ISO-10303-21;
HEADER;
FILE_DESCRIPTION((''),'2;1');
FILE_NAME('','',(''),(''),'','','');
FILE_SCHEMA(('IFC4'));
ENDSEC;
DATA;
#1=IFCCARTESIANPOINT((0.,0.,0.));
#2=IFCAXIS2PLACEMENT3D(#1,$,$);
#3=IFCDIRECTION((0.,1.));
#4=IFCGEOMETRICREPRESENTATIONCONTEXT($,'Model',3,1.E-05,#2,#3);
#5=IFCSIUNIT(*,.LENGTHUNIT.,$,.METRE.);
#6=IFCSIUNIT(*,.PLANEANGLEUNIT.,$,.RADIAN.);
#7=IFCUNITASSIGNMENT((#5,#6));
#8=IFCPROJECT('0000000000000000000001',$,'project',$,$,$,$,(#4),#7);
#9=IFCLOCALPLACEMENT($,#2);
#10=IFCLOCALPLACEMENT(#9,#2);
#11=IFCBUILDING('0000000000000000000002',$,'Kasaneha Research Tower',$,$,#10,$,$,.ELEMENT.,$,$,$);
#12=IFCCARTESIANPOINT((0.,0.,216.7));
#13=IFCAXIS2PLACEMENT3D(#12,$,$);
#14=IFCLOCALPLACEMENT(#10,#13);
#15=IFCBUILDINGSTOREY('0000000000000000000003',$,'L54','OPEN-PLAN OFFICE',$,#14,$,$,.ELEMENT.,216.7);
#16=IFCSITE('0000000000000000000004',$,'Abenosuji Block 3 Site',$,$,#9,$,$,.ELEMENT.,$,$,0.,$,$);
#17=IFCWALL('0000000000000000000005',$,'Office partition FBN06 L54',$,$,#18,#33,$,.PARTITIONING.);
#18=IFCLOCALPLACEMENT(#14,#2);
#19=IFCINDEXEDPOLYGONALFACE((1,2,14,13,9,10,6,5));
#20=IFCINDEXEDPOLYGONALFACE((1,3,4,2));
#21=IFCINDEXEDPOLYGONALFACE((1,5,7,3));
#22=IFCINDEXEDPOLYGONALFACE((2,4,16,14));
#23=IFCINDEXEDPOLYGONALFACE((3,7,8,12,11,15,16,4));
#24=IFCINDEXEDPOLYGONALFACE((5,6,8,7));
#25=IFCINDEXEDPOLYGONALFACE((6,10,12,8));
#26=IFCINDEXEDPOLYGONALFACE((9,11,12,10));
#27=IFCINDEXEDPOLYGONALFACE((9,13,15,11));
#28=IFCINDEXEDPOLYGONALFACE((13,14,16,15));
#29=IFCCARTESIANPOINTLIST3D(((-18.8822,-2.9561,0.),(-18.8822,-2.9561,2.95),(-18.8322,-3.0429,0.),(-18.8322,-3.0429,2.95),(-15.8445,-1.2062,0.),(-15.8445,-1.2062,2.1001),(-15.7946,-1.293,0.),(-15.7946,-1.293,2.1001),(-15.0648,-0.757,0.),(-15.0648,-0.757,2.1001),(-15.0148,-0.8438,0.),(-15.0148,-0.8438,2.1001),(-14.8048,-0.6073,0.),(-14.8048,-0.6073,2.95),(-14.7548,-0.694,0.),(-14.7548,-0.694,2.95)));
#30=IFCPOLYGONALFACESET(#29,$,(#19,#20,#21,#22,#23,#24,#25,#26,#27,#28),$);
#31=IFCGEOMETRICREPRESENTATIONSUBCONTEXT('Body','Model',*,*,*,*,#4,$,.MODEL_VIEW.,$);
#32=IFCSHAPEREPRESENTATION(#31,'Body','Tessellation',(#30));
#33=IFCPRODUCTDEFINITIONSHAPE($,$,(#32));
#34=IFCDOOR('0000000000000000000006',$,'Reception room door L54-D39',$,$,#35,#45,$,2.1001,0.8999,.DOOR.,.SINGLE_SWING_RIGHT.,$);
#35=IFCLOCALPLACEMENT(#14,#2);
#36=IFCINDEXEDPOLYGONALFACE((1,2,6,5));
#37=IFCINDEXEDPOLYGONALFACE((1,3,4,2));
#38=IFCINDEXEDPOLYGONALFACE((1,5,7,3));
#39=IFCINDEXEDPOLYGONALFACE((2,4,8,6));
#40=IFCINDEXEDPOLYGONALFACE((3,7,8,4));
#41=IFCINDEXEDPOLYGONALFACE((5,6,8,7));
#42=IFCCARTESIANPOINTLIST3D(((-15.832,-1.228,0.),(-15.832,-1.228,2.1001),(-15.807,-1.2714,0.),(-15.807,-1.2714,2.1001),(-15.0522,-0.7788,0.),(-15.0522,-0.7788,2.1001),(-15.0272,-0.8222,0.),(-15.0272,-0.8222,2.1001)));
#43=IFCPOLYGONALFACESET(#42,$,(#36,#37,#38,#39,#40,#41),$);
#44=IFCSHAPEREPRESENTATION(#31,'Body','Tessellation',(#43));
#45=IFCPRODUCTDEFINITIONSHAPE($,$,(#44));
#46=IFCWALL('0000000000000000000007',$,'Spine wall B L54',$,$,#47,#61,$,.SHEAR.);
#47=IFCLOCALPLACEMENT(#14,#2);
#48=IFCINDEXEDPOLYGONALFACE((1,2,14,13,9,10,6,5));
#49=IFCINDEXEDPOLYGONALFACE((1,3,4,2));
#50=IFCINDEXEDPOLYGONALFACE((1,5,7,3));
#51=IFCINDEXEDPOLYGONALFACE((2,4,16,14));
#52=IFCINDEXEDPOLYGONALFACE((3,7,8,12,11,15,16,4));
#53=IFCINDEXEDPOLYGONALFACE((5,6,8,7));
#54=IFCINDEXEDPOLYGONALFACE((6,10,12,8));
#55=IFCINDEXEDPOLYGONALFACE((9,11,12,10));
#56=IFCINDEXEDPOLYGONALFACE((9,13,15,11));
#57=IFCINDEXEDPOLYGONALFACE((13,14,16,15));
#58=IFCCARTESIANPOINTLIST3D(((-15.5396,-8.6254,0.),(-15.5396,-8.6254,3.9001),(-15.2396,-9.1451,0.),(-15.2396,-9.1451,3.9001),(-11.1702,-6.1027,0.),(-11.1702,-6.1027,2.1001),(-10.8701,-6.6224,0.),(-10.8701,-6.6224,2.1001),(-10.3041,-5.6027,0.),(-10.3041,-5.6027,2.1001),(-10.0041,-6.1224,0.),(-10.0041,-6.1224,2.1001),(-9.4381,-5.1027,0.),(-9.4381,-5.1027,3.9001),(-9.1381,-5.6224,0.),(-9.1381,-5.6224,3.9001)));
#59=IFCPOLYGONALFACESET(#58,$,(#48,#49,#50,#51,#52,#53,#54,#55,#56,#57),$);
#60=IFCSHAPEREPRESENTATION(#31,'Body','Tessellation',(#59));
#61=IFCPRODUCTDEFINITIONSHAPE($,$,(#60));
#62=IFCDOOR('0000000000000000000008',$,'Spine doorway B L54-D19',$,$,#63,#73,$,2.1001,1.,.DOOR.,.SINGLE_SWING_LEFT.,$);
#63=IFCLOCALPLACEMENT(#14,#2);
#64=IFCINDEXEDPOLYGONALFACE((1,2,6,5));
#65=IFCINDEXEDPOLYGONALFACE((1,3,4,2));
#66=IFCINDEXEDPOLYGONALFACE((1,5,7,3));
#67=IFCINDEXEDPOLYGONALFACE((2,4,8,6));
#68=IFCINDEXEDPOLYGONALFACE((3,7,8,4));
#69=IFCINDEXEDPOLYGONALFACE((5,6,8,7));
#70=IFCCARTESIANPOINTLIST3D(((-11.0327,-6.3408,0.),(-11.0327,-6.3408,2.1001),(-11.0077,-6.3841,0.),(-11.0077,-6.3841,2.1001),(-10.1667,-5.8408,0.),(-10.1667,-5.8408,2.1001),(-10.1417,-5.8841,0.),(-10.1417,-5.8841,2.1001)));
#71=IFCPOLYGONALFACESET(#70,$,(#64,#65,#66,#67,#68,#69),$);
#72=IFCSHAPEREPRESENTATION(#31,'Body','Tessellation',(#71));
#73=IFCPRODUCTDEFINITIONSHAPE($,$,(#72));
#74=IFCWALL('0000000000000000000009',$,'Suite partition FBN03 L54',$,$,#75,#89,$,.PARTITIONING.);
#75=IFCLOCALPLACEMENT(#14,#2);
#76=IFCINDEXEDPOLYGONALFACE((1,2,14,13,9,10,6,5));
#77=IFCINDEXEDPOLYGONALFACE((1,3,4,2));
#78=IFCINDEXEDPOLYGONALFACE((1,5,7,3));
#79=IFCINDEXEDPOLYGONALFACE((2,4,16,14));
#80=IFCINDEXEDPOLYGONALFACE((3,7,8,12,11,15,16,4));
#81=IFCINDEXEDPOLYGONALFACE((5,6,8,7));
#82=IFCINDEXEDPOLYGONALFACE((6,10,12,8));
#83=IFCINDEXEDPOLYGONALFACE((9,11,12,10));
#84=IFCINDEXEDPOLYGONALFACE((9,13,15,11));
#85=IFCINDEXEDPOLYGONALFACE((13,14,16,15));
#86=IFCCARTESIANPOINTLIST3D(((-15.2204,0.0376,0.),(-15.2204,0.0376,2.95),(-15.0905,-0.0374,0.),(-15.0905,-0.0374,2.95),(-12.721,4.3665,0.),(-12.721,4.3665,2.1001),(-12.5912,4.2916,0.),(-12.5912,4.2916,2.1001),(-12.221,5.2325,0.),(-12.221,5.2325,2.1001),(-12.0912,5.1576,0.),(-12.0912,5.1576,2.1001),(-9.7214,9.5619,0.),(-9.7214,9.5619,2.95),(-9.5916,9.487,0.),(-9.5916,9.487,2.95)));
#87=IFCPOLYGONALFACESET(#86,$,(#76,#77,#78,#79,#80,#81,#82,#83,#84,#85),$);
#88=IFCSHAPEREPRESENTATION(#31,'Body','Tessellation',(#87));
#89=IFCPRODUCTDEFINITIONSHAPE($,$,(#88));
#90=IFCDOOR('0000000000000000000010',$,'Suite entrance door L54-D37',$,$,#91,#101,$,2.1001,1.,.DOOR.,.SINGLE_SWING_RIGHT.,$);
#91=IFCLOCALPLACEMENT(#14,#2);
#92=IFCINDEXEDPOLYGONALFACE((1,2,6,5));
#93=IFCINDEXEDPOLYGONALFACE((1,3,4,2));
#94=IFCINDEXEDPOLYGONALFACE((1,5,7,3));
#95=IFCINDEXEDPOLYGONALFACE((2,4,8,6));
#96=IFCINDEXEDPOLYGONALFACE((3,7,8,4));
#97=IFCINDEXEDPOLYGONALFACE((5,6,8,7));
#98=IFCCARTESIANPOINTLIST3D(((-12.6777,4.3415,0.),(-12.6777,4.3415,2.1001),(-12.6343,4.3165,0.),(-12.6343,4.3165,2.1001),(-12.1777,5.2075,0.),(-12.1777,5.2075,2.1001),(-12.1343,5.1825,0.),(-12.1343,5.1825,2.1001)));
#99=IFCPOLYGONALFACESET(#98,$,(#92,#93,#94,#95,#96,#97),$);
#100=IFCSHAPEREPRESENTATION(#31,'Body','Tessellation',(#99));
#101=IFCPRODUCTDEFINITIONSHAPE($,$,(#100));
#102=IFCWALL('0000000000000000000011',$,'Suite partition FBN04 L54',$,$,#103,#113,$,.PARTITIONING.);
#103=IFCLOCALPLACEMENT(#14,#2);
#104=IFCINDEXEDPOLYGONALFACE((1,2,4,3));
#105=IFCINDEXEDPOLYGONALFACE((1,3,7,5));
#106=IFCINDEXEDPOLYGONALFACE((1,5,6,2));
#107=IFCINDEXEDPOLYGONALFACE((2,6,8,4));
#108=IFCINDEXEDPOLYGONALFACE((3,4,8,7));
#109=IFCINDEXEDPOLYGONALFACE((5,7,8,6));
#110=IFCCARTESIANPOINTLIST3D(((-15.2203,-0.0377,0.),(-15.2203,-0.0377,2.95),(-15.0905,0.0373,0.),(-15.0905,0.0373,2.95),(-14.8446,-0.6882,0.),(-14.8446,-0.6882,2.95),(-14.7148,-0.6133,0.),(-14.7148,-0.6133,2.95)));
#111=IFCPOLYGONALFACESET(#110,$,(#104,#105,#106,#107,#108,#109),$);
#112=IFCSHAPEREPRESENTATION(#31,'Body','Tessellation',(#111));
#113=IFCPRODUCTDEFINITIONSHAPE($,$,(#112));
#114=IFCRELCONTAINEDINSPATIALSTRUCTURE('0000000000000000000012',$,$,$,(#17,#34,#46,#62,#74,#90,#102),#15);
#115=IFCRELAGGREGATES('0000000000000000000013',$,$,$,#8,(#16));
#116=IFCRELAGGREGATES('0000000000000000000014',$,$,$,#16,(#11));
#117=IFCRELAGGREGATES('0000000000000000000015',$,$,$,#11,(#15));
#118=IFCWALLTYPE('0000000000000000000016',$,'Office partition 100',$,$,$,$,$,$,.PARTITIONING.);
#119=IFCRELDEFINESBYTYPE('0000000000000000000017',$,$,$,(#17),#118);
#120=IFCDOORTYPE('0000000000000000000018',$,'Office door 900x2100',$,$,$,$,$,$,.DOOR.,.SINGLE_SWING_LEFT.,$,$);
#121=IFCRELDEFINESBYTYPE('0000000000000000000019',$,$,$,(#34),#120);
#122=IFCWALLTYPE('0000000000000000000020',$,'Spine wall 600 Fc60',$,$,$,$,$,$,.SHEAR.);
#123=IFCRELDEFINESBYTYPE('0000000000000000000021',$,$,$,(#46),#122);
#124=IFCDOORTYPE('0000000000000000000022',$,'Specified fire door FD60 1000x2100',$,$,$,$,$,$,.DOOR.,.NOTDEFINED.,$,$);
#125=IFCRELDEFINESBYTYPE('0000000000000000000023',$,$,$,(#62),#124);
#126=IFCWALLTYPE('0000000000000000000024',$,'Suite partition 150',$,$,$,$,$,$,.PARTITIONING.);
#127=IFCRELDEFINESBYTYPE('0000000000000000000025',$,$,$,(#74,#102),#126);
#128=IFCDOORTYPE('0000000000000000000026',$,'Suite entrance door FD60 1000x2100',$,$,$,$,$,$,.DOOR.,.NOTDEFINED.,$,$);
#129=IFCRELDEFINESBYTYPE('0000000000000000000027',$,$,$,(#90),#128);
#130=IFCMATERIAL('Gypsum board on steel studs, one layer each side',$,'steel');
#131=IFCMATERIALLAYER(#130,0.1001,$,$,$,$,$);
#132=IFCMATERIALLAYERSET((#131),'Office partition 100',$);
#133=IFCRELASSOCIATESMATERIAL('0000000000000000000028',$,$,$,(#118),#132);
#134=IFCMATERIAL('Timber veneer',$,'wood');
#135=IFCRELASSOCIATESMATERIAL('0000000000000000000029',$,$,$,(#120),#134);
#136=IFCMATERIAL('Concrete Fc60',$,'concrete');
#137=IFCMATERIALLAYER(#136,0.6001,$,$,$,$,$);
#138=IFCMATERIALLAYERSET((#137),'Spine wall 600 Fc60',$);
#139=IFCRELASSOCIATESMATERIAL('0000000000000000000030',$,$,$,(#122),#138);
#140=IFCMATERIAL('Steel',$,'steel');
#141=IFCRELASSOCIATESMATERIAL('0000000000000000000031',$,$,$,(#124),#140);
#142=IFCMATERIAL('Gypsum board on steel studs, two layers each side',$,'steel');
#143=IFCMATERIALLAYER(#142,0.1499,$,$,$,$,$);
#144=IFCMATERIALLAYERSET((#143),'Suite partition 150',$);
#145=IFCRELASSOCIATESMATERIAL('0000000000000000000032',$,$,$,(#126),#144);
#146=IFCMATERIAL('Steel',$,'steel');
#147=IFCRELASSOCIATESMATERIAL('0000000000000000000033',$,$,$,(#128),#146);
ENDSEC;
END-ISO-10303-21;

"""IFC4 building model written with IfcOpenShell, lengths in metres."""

from ifc_helpers import new_model, si_unit, direction, frame, frame_2d, origin, place, context, subcontext, project, spatial, rectangle, extrude, material, layer, layer_set, type_object, element, fill, save


model = new_model("IFC4")

# Units and contexts
model_context = context("Model", 3, precision=1e-05, world=origin(), true_north=direction((0.0, 1.0)))
body_context = subcontext(model_context, "Body", "Model", "MODEL_VIEW")
ifc_project = project(units=[si_unit("LENGTHUNIT", "METRE"), si_unit("PLANEANGLEUNIT", "RADIAN")], contexts=[model_context])

# Site, building, storey
site_placement = place(None, origin())
site = spatial("IfcSite", under=ifc_project, at=site_placement, Name="Abenosuji Block 3 Site", CompositionType="ELEMENT", RefElevation=0.0)
building_placement = place(site_placement, origin())
building = spatial("IfcBuilding", under=site, at=building_placement, Name="Kasaneha Research Tower", CompositionType="ELEMENT")
storey_placement = place(building_placement, frame((0.0, 0.0, 216.7)))
storey = spatial("IfcBuildingStorey", under=building, at=storey_placement, Name="L54", Description="OPEN-PLAN OFFICE", CompositionType="ELEMENT", Elevation=216.7)

# Walls, openings, doors
ifc_material_1 = material(Name="Gypsum board on steel studs, one layer each side", Category="steel")
ifc_layer_1 = layer(ifc_material_1, 0.1001)
ifc_layer_set_1 = layer_set([ifc_layer_1], Name="Office partition 100")
wall_type_1 = type_object("IfcWallType", Name="Office partition 100", PredefinedType="PARTITIONING", material=ifc_layer_set_1)
wall_1_placement = place(storey_placement, frame((-18.8572, -2.9995, 0.0), z_axis=(0.0, 0.0, 1.0), x_axis=(0.866504, 0.49917, 0.0)))
wall_1 = element("IfcWall", 1, at=wall_1_placement, inside=storey, type_object=wall_type_1, Name="Office partition FBN06 L54", PredefinedType="PARTITIONING", context=body_context, shape_type="SweptSolid", body=[
    extrude(rectangle(XDim=4.7056, YDim=0.1001, at=frame_2d((2.3528, 0.0))), origin(), (0.0, 0.0, 1.0), 2.95),
])
opening_1_placement = place(wall_1_placement, frame((3.5056, 0.0, 0.0)))
opening_1 = element("IfcOpeningElement", 2, at=opening_1_placement, cuts=wall_1, PredefinedType="OPENING", context=body_context, shape_type="SweptSolid", body=[
    extrude(rectangle(XDim=0.8999, YDim=2.1001, at=frame_2d((0.45, 1.05))), frame((0.0, 0.0601, 0.0), z_axis=(0.0, -1.0, 0.0), x_axis=(1.0, 0.0, 0.0)), (0.0, 0.0, 1.0), 0.1201),
])
ifc_material_2 = material(Name="Timber veneer", Category="wood")
door_type_1 = type_object("IfcDoorType", Name="Office door 900x2100", OperationType="SINGLE_SWING_LEFT", PredefinedType="DOOR", material=ifc_material_2)
door_1_placement = place(opening_1_placement, origin())
door_1 = element("IfcDoor", 3, at=door_1_placement, inside=storey, type_object=door_type_1, Name="Reception room door L54-D39", OperationType="SINGLE_SWING_RIGHT", OverallHeight=2.1001, OverallWidth=0.8999, PredefinedType="DOOR", context=body_context, shape_type="SweptSolid", body=[
    extrude(rectangle(XDim=0.8999, YDim=2.1001, at=frame_2d((0.45, 1.05))), frame((0.0, 0.0249, 0.0), z_axis=(0.0, -1.0, 0.0), x_axis=(1.0, 0.0, 0.0)), (0.0, 0.0, 1.0), 0.05),
])
fill(opening_1, door_1)
ifc_material_3 = material(Name="Concrete Fc60", Category="concrete")
ifc_layer_2 = layer(ifc_material_3, 0.6001)
ifc_layer_set_2 = layer_set([ifc_layer_2], Name="Spine wall 600 Fc60")
wall_type_2 = type_object("IfcWallType", Name="Spine wall 600 Fc60", PredefinedType="SHEAR", material=ifc_layer_set_2)
wall_2_placement = place(storey_placement, frame((-9.2881, -5.3625, 0.0), z_axis=(0.0, 0.0, 1.0), x_axis=(-0.866027, -0.499996, 0.0)))
wall_2 = element("IfcWall", 4, at=wall_2_placement, inside=storey, type_object=wall_type_2, Name="Spine wall B L54", PredefinedType="SHEAR", context=body_context, shape_type="SweptSolid", body=[
    extrude(rectangle(XDim=7.0454, YDim=0.6001, at=frame_2d((3.5227, 0.0))), origin(), (0.0, 0.0, 1.0), 3.9001),
])
opening_2_placement = place(wall_2_placement, frame((1.0, 0.0, 0.0)))
opening_2 = element("IfcOpeningElement", 5, at=opening_2_placement, cuts=wall_2, PredefinedType="OPENING", context=body_context, shape_type="SweptSolid", body=[
    extrude(rectangle(XDim=1.0, YDim=2.1001, at=frame_2d((0.5, 1.05))), frame((0.0, 0.3101, 0.0), z_axis=(0.0, -1.0, 0.0), x_axis=(1.0, 0.0, 0.0)), (0.0, 0.0, 1.0), 0.6201),
])
ifc_material_4 = material(Name="Steel", Category="steel")
door_type_2 = type_object("IfcDoorType", Name="Specified fire door FD60 1000x2100", OperationType="NOTDEFINED", PredefinedType="DOOR", material=ifc_material_4)
door_2_placement = place(opening_2_placement, origin())
door_2 = element("IfcDoor", 6, at=door_2_placement, inside=storey, type_object=door_type_2, Name="Spine doorway B L54-D19", OperationType="SINGLE_SWING_LEFT", OverallHeight=2.1001, OverallWidth=1.0, PredefinedType="DOOR", context=body_context, shape_type="SweptSolid", body=[
    extrude(rectangle(XDim=1.0, YDim=2.1001, at=frame_2d((0.5, 1.05))), frame((0.0, 0.0249, 0.0), z_axis=(0.0, -1.0, 0.0), x_axis=(1.0, 0.0, 0.0)), (0.0, 0.0, 1.0), 0.05),
])
fill(opening_2, door_2)
ifc_material_5 = material(Name="Gypsum board on steel studs, two layers each side", Category="steel")
ifc_layer_3 = layer(ifc_material_5, 0.1499)
ifc_layer_set_3 = layer_set([ifc_layer_3], Name="Suite partition 150")
wall_type_3 = type_object("IfcWallType", Name="Suite partition 150", PredefinedType="PARTITIONING", material=ifc_layer_set_3)
wall_3_placement = place(storey_placement, frame((-15.1555, 0.0, 0.0), z_axis=(0.0, 0.0, 1.0), x_axis=(0.500007, 0.866021, 0.0)))
wall_3 = element("IfcWall", 7, at=wall_3_placement, inside=storey, type_object=wall_type_3, Name="Suite partition FBN03 L54", PredefinedType="PARTITIONING", context=body_context, shape_type="SweptSolid", body=[
    extrude(rectangle(XDim=10.9978, YDim=0.1499, at=frame_2d((5.499, 0.0))), origin(), (0.0, 0.0, 1.0), 2.95),
])
opening_3_placement = place(wall_3_placement, frame((4.9988, 0.0, 0.0)))
opening_3 = element("IfcOpeningElement", 8, at=opening_3_placement, cuts=wall_3, PredefinedType="OPENING", context=body_context, shape_type="SweptSolid", body=[
    extrude(rectangle(XDim=1.0, YDim=2.1001, at=frame_2d((0.5, 1.05))), frame((0.0, 0.085, 0.0), z_axis=(0.0, -1.0, 0.0), x_axis=(1.0, 0.0, 0.0)), (0.0, 0.0, 1.0), 0.1699),
])
ifc_material_6 = material(Name="Steel", Category="steel")
door_type_3 = type_object("IfcDoorType", Name="Suite entrance door FD60 1000x2100", OperationType="NOTDEFINED", PredefinedType="DOOR", material=ifc_material_6)
door_3_placement = place(opening_3_placement, origin())
door_3 = element("IfcDoor", 9, at=door_3_placement, inside=storey, type_object=door_type_3, Name="Suite entrance door L54-D37", OperationType="SINGLE_SWING_RIGHT", OverallHeight=2.1001, OverallWidth=1.0, PredefinedType="DOOR", context=body_context, shape_type="SweptSolid", body=[
    extrude(rectangle(XDim=1.0, YDim=2.1001, at=frame_2d((0.5, 1.05))), frame((0.0, 0.0249, 0.0), z_axis=(0.0, -1.0, 0.0), x_axis=(1.0, 0.0, 0.0)), (0.0, 0.0, 1.0), 0.05),
])
fill(opening_3, door_3)

# Wall
wall_4_placement = place(storey_placement, frame((-14.7798, -0.6506, 0.0), z_axis=(0.0, 0.0, 1.0), x_axis=(-0.500088, 0.865975, 0.0)))
element("IfcWall", 10, at=wall_4_placement, inside=storey, type_object=wall_type_3, Name="Suite partition FBN04 L54", PredefinedType="PARTITIONING", context=body_context, shape_type="SweptSolid", body=[
    extrude(rectangle(XDim=0.7512, YDim=0.1499, at=frame_2d((0.3755, 0.0))), origin(), (0.0, 0.0, 1.0), 2.95),
])

save(model, "model.ifc")
